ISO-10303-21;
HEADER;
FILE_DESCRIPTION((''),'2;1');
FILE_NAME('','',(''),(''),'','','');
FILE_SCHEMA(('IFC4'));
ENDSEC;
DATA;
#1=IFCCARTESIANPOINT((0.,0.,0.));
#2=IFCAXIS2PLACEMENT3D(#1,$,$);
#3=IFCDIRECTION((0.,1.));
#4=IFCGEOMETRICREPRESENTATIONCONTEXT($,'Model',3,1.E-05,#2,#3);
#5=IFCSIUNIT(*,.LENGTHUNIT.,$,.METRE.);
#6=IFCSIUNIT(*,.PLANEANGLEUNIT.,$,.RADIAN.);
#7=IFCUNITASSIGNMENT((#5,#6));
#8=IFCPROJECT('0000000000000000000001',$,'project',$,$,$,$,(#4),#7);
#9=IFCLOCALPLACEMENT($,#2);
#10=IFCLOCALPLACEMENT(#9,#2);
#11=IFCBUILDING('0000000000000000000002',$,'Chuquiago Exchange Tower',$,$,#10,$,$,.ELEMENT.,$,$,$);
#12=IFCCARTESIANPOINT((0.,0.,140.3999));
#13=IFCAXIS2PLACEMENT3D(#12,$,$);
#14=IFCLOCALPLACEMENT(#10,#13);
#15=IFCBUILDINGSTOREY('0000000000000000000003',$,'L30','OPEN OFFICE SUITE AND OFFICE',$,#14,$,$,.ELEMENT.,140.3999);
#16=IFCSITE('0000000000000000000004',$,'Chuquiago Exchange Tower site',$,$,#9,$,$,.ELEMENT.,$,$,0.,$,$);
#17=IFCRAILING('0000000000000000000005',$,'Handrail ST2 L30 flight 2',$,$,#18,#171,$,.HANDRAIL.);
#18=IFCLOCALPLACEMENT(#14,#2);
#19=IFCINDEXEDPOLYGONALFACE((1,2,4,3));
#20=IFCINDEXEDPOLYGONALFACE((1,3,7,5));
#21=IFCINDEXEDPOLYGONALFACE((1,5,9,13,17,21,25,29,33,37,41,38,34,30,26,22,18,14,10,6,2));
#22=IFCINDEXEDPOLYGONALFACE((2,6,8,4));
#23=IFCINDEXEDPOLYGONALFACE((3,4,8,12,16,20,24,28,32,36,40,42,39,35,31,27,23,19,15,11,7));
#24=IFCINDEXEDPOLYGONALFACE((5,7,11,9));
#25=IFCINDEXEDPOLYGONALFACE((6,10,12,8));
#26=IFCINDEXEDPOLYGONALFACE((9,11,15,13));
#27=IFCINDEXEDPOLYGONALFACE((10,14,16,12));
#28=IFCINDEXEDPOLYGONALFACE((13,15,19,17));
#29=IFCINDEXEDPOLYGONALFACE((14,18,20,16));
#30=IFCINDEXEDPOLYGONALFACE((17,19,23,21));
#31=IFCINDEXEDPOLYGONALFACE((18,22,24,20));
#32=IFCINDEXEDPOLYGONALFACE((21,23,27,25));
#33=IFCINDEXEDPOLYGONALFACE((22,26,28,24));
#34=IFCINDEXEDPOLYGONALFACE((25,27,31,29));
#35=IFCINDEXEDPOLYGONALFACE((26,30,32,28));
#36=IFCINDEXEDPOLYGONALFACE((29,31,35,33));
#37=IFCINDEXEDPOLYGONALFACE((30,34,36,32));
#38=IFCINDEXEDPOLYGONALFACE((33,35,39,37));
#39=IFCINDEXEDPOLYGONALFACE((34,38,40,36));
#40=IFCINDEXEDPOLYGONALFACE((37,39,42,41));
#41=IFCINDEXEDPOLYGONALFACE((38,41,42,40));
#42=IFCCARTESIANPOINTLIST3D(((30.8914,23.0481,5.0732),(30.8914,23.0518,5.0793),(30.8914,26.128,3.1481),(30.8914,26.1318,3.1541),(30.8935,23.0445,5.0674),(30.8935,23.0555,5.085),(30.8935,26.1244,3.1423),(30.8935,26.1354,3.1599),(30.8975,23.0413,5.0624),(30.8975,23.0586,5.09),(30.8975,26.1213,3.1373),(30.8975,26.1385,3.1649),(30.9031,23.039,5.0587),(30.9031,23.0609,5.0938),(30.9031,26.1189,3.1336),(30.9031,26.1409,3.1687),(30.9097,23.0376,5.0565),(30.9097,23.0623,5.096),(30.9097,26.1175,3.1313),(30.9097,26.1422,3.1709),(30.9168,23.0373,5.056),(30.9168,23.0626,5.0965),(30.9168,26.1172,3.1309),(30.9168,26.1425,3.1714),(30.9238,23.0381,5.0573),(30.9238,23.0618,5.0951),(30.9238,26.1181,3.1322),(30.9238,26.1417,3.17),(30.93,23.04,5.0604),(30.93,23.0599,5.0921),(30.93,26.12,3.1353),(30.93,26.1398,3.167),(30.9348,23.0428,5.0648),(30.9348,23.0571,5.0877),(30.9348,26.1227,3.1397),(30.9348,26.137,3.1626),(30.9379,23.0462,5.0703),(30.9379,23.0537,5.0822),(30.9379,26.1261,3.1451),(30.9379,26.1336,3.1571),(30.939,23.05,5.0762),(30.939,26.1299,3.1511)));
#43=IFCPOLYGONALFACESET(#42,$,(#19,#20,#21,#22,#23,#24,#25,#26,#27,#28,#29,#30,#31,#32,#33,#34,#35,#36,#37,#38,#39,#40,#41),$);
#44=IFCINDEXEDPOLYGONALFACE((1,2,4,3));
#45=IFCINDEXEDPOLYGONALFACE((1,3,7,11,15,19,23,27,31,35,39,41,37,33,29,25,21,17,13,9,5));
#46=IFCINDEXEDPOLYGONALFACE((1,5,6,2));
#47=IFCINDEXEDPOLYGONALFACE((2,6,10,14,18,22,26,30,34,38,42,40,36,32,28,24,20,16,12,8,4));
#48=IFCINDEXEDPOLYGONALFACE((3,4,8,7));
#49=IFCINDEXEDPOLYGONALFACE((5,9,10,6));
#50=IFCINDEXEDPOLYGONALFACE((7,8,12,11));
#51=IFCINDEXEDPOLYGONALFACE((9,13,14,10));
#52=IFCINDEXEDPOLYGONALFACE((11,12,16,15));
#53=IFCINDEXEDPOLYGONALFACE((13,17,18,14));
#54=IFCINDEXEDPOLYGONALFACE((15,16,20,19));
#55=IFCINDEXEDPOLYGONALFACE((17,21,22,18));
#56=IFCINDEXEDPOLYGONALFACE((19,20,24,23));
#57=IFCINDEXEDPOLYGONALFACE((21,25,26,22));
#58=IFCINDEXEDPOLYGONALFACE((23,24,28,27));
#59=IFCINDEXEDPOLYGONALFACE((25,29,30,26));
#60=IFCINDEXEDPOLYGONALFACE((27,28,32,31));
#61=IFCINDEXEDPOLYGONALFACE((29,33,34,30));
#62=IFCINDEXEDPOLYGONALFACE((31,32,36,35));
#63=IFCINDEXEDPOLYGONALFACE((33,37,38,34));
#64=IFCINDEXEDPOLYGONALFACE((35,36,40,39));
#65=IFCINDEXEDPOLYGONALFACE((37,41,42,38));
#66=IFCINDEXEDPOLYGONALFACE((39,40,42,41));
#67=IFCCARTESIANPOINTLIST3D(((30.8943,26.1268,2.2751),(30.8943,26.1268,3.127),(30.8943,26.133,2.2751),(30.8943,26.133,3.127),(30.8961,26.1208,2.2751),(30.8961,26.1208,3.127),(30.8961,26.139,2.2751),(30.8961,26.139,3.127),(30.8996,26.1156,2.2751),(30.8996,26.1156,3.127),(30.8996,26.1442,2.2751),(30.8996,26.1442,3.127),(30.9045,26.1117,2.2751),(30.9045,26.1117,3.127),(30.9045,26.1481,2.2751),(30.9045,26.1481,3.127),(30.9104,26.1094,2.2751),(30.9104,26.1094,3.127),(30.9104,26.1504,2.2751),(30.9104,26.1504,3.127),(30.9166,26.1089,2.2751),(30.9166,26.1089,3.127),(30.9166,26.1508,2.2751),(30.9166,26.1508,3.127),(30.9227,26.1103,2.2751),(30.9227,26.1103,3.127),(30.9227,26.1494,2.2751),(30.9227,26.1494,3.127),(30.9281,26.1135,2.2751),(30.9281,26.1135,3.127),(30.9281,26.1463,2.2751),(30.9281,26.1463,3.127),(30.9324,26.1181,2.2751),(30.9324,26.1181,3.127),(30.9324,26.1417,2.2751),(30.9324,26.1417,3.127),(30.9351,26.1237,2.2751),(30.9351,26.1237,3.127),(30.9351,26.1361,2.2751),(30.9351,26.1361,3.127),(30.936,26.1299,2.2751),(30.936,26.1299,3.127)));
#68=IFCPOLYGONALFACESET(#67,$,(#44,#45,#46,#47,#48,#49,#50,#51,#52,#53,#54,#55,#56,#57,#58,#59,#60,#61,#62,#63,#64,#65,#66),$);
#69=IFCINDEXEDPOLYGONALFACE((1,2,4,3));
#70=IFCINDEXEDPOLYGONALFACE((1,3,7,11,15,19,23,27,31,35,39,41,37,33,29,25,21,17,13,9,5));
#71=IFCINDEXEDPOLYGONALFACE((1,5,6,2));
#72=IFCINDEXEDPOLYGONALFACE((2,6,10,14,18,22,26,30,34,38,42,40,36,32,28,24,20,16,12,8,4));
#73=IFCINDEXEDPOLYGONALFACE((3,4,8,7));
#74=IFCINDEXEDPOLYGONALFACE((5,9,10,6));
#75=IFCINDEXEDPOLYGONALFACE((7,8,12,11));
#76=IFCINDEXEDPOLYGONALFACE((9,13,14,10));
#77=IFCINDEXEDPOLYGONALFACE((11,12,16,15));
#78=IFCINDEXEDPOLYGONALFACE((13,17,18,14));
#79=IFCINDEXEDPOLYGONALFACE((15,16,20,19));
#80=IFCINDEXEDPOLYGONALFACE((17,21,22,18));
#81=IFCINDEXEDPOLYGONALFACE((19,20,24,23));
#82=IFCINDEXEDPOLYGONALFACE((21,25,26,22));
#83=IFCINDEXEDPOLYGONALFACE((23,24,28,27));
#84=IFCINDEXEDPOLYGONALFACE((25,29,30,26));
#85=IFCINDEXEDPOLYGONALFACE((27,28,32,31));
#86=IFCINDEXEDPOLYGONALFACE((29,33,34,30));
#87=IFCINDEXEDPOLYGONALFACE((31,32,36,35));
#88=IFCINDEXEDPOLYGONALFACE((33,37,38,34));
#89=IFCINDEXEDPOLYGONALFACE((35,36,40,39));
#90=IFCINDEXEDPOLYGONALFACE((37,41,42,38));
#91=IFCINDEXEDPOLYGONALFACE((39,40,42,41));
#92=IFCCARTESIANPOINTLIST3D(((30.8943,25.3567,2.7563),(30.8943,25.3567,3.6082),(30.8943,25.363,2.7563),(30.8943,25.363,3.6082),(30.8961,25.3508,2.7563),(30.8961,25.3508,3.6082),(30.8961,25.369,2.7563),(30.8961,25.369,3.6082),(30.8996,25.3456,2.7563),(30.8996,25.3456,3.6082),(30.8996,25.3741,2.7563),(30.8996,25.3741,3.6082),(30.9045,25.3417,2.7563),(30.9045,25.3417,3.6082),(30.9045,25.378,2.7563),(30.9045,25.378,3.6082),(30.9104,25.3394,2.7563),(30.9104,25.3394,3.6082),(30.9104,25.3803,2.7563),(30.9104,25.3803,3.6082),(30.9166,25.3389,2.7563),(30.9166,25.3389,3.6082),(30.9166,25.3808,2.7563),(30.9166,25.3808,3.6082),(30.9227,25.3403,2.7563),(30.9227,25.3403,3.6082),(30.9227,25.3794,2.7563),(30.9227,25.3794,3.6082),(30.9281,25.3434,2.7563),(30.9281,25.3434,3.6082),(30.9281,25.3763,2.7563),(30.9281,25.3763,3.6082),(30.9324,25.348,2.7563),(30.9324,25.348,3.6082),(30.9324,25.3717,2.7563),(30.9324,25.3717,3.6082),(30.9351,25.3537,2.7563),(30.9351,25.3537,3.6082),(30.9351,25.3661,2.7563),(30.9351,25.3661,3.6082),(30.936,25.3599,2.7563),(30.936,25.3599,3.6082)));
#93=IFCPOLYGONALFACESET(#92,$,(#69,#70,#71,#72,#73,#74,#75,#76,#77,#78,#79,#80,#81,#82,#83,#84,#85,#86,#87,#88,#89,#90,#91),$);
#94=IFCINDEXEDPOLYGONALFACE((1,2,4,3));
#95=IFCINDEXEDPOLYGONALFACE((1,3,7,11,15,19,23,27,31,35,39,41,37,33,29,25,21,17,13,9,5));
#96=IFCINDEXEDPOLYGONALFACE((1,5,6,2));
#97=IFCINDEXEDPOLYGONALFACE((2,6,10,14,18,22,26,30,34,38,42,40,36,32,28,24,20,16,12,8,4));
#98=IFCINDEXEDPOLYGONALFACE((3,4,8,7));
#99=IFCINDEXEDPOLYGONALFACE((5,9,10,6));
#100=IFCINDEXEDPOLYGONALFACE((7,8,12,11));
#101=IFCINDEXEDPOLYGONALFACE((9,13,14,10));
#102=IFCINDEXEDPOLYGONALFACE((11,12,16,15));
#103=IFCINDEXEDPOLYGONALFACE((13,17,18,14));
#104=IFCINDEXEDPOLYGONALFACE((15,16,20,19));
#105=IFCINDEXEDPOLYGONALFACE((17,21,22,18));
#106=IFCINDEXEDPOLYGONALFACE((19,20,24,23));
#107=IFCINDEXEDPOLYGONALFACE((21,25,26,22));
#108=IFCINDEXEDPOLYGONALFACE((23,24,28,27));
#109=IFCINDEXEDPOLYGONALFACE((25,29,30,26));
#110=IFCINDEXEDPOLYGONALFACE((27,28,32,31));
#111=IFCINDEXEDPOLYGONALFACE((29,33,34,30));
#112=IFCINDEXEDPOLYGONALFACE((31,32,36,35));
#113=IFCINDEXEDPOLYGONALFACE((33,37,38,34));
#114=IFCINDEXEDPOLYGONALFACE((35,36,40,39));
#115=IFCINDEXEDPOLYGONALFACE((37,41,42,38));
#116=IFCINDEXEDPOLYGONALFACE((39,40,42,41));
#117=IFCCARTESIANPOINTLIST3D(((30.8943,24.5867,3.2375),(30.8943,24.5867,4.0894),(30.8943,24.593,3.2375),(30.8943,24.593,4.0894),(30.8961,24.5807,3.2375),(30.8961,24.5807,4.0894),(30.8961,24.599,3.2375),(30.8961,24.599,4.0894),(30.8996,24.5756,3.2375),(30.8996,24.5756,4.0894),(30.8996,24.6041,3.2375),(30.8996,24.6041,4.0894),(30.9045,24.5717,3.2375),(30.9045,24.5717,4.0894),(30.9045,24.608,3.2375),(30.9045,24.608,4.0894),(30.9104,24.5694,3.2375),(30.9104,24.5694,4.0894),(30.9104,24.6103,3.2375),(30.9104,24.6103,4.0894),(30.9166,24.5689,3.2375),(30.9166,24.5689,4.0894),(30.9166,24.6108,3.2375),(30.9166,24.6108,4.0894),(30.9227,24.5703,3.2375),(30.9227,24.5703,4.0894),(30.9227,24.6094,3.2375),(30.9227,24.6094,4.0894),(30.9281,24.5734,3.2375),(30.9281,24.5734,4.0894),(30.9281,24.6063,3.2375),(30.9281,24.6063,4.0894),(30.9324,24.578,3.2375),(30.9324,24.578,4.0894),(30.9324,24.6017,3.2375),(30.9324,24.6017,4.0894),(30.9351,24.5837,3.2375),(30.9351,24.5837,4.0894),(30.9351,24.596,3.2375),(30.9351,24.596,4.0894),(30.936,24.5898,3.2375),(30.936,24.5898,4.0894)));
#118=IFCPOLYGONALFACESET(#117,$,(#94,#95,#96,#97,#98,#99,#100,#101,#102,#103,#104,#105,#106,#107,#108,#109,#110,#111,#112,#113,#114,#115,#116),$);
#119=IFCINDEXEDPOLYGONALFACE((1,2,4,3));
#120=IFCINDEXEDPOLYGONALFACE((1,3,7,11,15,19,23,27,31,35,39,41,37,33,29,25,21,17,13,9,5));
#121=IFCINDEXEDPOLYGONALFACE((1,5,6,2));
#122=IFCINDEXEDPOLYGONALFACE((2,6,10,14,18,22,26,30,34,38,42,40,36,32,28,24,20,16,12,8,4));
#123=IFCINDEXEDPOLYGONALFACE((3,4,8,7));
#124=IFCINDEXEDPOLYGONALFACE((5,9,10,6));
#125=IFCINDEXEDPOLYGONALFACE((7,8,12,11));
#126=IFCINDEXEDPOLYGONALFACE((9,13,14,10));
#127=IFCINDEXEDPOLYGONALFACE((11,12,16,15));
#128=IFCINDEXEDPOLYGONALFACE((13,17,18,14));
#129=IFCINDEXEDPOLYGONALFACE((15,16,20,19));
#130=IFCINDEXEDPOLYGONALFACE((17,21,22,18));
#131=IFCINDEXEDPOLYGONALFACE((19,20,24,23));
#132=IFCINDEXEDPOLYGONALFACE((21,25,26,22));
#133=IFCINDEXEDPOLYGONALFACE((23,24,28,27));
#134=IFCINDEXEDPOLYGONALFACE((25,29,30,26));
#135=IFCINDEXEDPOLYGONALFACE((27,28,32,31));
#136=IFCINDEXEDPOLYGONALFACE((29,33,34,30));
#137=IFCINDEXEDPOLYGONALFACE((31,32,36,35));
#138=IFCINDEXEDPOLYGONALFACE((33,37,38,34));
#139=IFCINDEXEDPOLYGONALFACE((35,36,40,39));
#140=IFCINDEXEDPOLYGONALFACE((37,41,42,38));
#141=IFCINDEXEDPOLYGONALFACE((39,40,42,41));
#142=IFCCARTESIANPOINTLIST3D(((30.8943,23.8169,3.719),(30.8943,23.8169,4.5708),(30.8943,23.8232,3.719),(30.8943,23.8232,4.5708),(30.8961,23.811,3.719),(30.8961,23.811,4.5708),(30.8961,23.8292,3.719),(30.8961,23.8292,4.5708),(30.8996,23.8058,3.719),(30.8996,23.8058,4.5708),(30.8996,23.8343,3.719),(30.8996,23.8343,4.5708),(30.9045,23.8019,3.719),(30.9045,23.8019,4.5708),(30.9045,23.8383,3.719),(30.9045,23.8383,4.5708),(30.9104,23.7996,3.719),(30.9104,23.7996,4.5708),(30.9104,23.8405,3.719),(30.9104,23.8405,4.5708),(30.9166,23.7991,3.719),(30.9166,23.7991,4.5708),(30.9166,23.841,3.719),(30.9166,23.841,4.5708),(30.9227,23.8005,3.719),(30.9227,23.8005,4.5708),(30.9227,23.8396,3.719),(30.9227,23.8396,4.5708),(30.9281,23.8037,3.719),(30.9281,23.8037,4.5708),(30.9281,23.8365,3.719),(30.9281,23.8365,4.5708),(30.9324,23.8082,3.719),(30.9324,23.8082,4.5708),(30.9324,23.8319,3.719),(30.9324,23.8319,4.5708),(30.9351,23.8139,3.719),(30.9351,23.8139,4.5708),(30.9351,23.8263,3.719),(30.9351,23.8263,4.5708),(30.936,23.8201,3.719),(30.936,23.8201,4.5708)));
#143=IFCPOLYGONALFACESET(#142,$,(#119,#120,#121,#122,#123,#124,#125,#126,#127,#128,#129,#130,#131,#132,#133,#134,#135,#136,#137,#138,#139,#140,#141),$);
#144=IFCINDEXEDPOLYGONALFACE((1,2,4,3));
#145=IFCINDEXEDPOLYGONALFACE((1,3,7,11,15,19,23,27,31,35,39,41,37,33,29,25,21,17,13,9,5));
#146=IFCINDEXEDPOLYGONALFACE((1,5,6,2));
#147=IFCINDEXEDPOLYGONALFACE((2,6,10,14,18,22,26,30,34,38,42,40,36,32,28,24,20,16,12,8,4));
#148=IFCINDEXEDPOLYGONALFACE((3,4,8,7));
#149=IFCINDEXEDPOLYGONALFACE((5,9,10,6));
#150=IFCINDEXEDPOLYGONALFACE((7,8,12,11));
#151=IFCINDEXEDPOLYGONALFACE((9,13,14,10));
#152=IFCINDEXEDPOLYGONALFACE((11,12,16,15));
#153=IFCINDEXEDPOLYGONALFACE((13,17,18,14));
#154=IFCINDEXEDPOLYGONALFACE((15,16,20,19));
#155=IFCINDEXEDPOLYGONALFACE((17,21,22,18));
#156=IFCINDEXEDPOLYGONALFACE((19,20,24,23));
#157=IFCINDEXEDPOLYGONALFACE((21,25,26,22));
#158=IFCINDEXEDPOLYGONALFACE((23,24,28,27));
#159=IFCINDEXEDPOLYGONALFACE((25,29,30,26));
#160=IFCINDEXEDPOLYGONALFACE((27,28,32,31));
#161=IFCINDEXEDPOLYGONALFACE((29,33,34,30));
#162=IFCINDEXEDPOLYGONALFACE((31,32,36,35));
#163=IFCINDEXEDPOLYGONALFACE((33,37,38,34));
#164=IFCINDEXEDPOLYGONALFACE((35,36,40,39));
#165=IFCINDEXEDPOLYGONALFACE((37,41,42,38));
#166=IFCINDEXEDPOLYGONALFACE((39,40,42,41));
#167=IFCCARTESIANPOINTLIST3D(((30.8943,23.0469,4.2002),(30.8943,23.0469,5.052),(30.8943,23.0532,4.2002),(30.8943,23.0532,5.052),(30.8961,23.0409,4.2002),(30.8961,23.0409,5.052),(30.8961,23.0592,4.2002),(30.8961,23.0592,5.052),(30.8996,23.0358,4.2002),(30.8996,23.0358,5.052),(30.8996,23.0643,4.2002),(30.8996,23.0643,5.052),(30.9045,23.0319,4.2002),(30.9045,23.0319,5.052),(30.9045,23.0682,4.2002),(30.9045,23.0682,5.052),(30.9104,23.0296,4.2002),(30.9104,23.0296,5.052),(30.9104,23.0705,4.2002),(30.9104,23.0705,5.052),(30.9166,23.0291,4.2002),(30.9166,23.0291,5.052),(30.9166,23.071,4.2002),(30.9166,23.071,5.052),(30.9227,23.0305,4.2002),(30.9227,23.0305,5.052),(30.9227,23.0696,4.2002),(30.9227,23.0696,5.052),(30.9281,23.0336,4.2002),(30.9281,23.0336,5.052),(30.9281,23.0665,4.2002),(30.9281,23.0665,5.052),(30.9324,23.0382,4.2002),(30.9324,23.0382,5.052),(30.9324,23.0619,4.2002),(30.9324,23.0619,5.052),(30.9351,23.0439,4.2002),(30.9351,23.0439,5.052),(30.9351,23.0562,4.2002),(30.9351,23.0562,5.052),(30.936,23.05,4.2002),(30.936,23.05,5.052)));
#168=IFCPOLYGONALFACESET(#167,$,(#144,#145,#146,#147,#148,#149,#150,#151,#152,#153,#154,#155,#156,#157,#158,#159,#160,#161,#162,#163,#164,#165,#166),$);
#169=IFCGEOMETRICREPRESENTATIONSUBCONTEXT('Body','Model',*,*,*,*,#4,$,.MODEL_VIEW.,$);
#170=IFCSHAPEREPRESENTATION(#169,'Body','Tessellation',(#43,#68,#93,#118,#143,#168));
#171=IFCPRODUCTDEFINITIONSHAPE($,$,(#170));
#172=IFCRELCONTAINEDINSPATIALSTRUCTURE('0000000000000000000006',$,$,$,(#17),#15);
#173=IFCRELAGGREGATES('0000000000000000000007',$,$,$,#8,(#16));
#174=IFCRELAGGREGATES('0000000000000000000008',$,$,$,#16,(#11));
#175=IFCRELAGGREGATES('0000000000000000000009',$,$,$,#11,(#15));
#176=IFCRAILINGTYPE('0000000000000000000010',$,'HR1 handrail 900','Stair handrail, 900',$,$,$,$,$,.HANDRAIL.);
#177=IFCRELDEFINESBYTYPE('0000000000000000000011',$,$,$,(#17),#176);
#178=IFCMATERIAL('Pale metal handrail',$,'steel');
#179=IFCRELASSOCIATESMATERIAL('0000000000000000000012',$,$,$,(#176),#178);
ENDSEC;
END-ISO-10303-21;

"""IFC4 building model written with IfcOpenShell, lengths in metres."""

from ifc_helpers import new_model, si_unit, direction, frame, origin, origin_2d, place, context, subcontext, project, spatial, circle, extrude, material, type_object, element, save


model = new_model("IFC4")

# Units and contexts
model_context = context("Model", 3, precision=1e-05, world=origin(), true_north=direction((0.0, 1.0)))
body_context = subcontext(model_context, "Body", "Model", "MODEL_VIEW")
ifc_project = project(units=[si_unit("LENGTHUNIT", "METRE"), si_unit("PLANEANGLEUNIT", "RADIAN")], contexts=[model_context])

# Site, building, storey
site_placement = place(None, origin())
site = spatial("IfcSite", under=ifc_project, at=site_placement, Name="Chuquiago Exchange Tower site", CompositionType="ELEMENT", RefElevation=0.0)
building_placement = place(site_placement, origin())
building = spatial("IfcBuilding", under=site, at=building_placement, Name="Chuquiago Exchange Tower", CompositionType="ELEMENT")
storey_placement = place(building_placement, frame((0.0, 0.0, 140.3999)))
storey = spatial("IfcBuildingStorey", under=building, at=storey_placement, Name="L30", Description="OPEN OFFICE SUITE AND OFFICE", CompositionType="ELEMENT", Elevation=140.3999)

# Railing
ifc_material_1 = material(Name="Pale metal handrail", Category="steel")
railing_type_1 = type_object("IfcRailingType", Name="HR1 handrail 900", Description="Stair handrail, 900", PredefinedType="HANDRAIL", material=ifc_material_1)
for number, where, name in (
    (1, (30.915, 26.1299, 2.2751), "Handrail ST2 L30 flight 2"),
):
    element("IfcRailing", number, at=place(storey_placement, frame(where)), inside=storey, type_object=railing_type_1, Name=name, PredefinedType="HANDRAIL", context=body_context, shape_type="SweptSolid", body=[
        extrude(circle(Radius=0.0239, at=origin_2d()), frame((0.0, 0.0, 0.876), z_axis=(0.0, -0.847979, 0.530029), x_axis=(1.0, 0.0, 0.0)), (0.0, 0.0, 1.0), 3.6321),
        extrude(circle(Radius=0.021, at=origin_2d()), origin(), (0.0, 0.0, 1.0), 0.8518),
        extrude(circle(Radius=0.021, at=origin_2d()), frame((0.0, -0.77, 0.4812)), (0.0, 0.0, 1.0), 0.8518),
        extrude(circle(Radius=0.021, at=origin_2d()), frame((0.0, -1.54, 0.9624)), (0.0, 0.0, 1.0), 0.8518),
        extrude(circle(Radius=0.021, at=origin_2d()), frame((0.0, -2.3098, 1.4438)), (0.0, 0.0, 1.0), 0.8518),
        extrude(circle(Radius=0.021, at=origin_2d()), frame((0.0, -3.0798, 1.925)), (0.0, 0.0, 1.0), 0.8518),
    ])

save(model, "model.ifc")
